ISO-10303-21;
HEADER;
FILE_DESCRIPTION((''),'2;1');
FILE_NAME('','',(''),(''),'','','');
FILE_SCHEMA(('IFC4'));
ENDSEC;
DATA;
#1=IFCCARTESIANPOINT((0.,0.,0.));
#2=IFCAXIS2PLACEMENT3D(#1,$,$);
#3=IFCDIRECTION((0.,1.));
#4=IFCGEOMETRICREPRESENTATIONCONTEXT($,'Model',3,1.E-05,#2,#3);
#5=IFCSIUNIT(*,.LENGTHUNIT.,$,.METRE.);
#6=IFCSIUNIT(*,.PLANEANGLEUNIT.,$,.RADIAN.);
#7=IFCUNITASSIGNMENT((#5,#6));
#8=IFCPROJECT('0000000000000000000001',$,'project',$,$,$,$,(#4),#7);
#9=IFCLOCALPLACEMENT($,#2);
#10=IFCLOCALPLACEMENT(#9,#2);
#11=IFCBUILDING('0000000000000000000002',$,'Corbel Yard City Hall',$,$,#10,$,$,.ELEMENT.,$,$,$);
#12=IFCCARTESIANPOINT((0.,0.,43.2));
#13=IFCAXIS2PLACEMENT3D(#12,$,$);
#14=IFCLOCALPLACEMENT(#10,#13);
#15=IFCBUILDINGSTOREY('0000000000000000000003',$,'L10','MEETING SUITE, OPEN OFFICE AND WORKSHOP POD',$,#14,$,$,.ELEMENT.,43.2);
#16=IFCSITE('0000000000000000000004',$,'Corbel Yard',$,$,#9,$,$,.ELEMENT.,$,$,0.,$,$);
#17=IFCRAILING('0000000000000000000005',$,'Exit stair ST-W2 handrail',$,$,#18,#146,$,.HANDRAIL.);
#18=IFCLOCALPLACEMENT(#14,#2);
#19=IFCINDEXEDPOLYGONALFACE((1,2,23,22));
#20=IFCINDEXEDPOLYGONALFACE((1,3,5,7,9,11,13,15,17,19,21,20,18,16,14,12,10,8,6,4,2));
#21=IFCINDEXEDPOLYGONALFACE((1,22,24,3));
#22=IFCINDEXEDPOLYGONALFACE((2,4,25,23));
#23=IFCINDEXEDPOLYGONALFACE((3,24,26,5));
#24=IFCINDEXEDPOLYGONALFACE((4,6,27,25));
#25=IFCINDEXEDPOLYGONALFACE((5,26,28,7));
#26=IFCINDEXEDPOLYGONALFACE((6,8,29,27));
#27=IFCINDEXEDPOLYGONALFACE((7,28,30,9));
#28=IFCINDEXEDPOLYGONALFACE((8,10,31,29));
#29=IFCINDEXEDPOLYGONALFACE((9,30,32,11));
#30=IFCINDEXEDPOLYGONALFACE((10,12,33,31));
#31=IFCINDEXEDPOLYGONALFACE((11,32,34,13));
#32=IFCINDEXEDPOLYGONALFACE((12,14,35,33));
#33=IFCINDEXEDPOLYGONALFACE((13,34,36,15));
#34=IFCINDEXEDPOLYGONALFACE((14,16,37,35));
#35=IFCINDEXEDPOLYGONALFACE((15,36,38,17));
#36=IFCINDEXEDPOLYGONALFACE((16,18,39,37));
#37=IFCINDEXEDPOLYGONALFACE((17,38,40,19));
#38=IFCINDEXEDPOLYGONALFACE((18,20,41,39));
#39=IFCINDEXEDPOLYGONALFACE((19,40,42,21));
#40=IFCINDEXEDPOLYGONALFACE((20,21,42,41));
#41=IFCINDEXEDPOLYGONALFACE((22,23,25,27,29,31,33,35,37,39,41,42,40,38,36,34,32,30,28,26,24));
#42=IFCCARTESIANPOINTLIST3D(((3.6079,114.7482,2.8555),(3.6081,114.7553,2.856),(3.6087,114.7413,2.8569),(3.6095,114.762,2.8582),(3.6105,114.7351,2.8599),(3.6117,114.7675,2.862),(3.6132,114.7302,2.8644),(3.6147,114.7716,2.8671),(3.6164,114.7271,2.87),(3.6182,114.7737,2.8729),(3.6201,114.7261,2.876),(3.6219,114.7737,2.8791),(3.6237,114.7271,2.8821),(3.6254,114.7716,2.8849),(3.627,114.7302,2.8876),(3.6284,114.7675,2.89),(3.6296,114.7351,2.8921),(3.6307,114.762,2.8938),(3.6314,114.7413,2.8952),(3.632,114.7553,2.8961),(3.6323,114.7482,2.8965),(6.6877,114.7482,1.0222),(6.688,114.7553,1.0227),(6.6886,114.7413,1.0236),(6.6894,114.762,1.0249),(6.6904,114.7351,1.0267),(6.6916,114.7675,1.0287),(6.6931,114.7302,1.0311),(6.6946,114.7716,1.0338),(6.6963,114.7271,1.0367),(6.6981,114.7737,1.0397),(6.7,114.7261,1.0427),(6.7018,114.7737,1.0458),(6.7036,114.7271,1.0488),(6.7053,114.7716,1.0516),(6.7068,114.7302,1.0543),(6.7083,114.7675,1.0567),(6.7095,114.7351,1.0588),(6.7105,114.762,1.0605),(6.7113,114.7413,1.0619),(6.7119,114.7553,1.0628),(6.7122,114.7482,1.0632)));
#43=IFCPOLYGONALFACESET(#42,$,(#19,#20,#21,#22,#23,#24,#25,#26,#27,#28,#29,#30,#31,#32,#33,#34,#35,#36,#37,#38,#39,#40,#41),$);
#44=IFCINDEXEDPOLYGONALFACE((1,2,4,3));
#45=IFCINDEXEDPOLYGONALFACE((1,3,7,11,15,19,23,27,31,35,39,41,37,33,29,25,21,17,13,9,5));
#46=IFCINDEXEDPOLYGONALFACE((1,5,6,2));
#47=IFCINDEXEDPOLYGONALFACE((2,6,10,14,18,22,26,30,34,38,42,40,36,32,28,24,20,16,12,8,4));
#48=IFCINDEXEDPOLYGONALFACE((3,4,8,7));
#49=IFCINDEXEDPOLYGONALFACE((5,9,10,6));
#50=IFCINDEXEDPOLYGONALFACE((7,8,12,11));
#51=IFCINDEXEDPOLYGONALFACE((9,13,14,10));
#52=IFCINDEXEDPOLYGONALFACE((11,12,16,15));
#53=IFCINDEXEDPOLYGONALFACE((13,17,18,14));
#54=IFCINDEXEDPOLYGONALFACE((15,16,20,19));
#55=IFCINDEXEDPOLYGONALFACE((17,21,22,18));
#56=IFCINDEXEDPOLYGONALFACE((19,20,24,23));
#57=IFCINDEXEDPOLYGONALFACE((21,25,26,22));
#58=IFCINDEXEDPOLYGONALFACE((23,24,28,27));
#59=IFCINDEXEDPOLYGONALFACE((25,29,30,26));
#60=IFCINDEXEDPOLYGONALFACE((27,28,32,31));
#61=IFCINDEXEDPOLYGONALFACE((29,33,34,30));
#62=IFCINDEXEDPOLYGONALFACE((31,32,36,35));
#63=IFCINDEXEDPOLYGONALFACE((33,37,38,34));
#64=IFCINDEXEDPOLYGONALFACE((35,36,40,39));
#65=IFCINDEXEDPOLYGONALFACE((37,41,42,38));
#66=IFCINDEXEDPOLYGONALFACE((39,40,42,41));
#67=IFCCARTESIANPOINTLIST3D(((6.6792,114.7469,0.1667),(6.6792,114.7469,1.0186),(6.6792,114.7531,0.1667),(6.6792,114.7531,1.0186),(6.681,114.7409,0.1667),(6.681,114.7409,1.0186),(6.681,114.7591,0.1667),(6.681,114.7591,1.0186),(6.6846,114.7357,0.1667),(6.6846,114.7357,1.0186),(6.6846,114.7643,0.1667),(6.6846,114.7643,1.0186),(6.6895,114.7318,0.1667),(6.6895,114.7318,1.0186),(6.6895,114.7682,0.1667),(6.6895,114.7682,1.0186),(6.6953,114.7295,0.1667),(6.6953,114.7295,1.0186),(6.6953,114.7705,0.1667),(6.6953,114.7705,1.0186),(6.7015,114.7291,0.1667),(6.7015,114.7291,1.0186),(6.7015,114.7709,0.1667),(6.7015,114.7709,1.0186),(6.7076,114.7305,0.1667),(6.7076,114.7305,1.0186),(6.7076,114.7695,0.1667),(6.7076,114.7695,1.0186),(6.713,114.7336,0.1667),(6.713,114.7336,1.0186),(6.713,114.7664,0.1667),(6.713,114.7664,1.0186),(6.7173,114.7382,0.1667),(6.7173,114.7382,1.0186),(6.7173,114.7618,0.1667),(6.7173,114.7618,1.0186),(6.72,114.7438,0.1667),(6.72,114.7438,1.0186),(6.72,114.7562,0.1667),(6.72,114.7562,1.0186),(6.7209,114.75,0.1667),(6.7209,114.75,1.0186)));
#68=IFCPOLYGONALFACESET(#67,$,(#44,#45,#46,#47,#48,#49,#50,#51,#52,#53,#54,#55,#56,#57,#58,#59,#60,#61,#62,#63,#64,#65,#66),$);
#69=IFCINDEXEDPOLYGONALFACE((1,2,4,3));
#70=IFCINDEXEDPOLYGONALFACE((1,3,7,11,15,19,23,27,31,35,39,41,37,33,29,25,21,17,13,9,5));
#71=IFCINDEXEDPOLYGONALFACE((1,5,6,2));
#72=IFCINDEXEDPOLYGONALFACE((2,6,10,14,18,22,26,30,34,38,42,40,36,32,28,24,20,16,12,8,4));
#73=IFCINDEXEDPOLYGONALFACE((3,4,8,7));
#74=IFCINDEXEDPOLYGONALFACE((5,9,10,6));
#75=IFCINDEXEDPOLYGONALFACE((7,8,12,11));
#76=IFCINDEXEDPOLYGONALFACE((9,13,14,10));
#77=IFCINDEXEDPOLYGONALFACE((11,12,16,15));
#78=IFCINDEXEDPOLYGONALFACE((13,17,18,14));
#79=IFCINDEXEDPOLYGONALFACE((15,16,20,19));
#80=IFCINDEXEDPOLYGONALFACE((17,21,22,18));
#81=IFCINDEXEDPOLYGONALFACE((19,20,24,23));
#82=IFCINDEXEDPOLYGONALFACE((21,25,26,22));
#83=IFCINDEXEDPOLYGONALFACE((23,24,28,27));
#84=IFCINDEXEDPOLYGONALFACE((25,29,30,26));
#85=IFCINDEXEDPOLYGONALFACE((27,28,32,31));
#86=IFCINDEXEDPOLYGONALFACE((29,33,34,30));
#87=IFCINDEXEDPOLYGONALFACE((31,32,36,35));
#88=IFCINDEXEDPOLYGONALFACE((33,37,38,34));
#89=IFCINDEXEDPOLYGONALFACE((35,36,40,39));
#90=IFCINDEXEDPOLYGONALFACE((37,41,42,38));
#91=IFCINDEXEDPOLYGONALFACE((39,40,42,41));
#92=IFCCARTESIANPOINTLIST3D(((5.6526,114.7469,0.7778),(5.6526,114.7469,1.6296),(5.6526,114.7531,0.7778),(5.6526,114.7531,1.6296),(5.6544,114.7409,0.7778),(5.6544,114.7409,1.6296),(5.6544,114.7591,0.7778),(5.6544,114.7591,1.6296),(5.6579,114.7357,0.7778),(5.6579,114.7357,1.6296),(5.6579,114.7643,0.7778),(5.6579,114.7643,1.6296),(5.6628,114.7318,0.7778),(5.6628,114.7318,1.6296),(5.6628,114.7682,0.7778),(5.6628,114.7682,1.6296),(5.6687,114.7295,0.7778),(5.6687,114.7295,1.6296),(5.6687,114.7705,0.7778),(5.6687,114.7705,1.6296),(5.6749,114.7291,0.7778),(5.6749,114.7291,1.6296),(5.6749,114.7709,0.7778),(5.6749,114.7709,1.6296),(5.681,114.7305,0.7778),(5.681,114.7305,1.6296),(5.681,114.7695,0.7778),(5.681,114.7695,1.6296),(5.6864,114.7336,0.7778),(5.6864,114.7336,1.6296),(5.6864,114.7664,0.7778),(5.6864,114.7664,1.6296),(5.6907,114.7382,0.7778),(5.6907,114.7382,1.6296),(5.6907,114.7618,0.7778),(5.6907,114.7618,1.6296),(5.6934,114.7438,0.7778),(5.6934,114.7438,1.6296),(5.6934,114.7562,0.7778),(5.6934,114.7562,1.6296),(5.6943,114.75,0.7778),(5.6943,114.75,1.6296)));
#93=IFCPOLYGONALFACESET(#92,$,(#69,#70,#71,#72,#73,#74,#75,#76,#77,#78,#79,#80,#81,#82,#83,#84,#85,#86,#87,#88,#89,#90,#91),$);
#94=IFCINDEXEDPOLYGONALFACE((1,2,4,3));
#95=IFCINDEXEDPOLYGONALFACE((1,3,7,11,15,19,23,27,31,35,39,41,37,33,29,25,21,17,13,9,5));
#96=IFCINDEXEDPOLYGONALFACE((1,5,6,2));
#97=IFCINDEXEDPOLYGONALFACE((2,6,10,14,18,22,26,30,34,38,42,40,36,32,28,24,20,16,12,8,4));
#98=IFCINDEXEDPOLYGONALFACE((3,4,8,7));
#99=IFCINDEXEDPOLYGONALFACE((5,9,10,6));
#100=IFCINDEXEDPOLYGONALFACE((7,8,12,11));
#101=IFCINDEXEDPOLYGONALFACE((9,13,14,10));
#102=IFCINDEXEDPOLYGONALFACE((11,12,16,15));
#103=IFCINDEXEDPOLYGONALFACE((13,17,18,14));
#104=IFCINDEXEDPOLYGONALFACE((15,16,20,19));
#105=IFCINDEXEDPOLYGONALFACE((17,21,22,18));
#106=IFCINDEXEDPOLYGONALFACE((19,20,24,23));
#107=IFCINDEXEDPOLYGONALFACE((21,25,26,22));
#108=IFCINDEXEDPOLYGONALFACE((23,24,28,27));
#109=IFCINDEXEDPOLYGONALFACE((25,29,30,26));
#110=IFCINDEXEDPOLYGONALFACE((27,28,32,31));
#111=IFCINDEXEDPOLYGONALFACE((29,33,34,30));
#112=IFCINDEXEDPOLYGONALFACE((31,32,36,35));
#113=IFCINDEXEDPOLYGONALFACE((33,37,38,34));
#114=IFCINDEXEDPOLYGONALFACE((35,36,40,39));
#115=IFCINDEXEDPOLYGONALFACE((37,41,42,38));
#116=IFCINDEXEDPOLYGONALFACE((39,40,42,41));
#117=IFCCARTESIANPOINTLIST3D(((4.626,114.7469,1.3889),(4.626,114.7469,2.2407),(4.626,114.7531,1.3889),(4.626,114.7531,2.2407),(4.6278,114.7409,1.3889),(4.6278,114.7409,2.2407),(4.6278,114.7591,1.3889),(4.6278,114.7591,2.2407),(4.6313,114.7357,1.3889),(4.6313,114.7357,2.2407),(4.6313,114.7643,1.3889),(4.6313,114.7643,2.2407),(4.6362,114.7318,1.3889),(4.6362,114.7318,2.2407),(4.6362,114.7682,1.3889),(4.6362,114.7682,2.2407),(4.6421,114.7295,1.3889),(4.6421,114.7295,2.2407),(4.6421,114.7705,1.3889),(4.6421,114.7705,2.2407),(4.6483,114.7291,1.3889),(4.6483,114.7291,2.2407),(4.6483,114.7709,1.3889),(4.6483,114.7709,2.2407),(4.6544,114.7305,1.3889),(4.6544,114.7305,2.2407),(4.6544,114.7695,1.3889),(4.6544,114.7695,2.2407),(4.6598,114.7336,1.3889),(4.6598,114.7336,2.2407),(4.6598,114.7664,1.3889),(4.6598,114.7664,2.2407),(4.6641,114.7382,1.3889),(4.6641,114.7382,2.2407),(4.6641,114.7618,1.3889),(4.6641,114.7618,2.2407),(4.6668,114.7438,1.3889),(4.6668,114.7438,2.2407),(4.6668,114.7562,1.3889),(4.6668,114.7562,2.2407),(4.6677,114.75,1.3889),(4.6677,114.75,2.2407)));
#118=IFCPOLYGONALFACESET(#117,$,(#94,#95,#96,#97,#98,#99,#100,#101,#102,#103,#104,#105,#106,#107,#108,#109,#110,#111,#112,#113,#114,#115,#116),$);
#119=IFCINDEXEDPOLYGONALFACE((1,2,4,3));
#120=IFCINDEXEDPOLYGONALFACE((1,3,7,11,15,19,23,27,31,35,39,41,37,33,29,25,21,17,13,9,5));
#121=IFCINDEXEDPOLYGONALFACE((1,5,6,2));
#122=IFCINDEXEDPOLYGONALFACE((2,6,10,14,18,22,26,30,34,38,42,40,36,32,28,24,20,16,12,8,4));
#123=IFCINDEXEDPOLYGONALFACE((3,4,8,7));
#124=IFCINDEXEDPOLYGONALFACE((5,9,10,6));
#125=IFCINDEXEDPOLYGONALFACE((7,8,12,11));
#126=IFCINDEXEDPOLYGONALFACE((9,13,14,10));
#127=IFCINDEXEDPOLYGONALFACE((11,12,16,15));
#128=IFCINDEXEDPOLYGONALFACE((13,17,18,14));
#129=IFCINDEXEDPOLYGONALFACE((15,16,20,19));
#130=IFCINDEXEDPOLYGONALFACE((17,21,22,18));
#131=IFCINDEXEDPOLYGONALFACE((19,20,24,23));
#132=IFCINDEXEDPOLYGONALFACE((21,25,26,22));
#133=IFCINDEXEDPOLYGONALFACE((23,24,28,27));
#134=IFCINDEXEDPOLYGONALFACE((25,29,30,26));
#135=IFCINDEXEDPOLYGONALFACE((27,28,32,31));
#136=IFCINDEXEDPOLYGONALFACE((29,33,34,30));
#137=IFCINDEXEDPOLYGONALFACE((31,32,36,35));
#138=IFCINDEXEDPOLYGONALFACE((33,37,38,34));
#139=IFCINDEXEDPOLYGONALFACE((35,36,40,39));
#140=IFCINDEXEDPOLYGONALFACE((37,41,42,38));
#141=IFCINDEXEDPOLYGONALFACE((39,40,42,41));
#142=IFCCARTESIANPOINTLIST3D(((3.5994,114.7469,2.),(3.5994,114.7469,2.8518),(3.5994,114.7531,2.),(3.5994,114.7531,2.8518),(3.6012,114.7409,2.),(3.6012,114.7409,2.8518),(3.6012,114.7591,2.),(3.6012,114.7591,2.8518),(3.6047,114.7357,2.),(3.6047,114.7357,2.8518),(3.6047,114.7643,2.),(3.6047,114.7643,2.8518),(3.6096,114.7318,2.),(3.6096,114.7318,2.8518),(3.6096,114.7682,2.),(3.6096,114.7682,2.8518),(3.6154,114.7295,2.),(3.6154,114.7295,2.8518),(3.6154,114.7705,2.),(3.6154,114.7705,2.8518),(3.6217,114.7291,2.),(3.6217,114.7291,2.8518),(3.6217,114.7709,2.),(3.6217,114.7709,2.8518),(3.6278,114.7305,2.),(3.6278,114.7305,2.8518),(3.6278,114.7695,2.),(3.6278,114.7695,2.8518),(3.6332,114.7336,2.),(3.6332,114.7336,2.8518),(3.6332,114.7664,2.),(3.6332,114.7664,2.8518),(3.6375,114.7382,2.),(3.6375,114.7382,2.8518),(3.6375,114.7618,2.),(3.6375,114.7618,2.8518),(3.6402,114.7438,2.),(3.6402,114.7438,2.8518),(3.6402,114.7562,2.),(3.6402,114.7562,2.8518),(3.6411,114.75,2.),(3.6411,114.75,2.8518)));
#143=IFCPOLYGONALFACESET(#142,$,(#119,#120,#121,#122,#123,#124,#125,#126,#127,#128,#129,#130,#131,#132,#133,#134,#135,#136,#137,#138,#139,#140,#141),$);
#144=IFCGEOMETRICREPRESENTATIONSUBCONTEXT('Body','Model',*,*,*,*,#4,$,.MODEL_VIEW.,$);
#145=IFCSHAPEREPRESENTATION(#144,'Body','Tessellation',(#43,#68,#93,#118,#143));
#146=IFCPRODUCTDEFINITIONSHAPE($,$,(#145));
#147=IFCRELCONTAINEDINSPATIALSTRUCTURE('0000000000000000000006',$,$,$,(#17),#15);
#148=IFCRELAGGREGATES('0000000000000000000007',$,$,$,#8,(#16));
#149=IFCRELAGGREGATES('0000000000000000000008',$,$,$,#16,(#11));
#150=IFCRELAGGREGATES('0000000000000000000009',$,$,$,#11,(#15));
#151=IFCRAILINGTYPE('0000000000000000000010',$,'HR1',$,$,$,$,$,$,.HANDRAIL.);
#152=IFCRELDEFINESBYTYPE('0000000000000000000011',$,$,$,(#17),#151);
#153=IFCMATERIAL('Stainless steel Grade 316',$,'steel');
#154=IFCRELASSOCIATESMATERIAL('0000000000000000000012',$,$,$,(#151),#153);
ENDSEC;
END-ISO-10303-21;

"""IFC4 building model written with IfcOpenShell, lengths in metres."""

from ifc_helpers import new_model, si_unit, direction, frame, origin, origin_2d, place, context, subcontext, project, spatial, circle, extrude, material, type_object, element, save


model = new_model("IFC4")

# Units and contexts
model_context = context("Model", 3, precision=1e-05, world=origin(), true_north=direction((0.0, 1.0)))
body_context = subcontext(model_context, "Body", "Model", "MODEL_VIEW")
ifc_project = project(units=[si_unit("LENGTHUNIT", "METRE"), si_unit("PLANEANGLEUNIT", "RADIAN")], contexts=[model_context])

# Site, building, storey
site_placement = place(None, origin())
site = spatial("IfcSite", under=ifc_project, at=site_placement, Name="Corbel Yard", CompositionType="ELEMENT", RefElevation=0.0)
building_placement = place(site_placement, origin())
building = spatial("IfcBuilding", under=site, at=building_placement, Name="Corbel Yard City Hall", CompositionType="ELEMENT")
storey_placement = place(building_placement, frame((0.0, 0.0, 43.2)))
storey = spatial("IfcBuildingStorey", under=building, at=storey_placement, Name="L10", Description="MEETING SUITE, OPEN OFFICE AND WORKSHOP POD", CompositionType="ELEMENT", Elevation=43.2)

# Railing
ifc_material_1 = material(Name="Stainless steel Grade 316", Category="steel")
railing_type = type_object("IfcRailingType", Name="HR1", PredefinedType="HANDRAIL", material=ifc_material_1)
for number, where, name in (
    (1, (6.7, 114.75, 0.1667), "Exit stair ST-W2 handrail"),
):
    element("IfcRailing", number, at=place(storey_placement, frame(where)), inside=storey, type_object=railing_type, Name=name, PredefinedType="HANDRAIL", context=body_context, shape_type="SweptSolid", body=[
        extrude(circle(Radius=0.0239, at=origin_2d()), frame((0.0, 0.0, 0.876), z_axis=(-0.859291, 0.0, 0.511487), x_axis=(0.0, -1.0, 0.0)), (0.0, 0.0, 1.0), 3.5842),
        extrude(circle(Radius=0.021, at=origin_2d()), origin(), (0.0, 0.0, 1.0), 0.8518),
        extrude(circle(Radius=0.021, at=origin_2d()), frame((-1.0266, 0.0, 0.6111)), (0.0, 0.0, 1.0), 0.8518),
        extrude(circle(Radius=0.021, at=origin_2d()), frame((-2.0532, 0.0, 1.2222)), (0.0, 0.0, 1.0), 0.8518),
        extrude(circle(Radius=0.021, at=origin_2d()), frame((-3.0798, 0.0, 1.8333)), (0.0, 0.0, 1.0), 0.8518),
    ])

save(model, "model.ifc")
